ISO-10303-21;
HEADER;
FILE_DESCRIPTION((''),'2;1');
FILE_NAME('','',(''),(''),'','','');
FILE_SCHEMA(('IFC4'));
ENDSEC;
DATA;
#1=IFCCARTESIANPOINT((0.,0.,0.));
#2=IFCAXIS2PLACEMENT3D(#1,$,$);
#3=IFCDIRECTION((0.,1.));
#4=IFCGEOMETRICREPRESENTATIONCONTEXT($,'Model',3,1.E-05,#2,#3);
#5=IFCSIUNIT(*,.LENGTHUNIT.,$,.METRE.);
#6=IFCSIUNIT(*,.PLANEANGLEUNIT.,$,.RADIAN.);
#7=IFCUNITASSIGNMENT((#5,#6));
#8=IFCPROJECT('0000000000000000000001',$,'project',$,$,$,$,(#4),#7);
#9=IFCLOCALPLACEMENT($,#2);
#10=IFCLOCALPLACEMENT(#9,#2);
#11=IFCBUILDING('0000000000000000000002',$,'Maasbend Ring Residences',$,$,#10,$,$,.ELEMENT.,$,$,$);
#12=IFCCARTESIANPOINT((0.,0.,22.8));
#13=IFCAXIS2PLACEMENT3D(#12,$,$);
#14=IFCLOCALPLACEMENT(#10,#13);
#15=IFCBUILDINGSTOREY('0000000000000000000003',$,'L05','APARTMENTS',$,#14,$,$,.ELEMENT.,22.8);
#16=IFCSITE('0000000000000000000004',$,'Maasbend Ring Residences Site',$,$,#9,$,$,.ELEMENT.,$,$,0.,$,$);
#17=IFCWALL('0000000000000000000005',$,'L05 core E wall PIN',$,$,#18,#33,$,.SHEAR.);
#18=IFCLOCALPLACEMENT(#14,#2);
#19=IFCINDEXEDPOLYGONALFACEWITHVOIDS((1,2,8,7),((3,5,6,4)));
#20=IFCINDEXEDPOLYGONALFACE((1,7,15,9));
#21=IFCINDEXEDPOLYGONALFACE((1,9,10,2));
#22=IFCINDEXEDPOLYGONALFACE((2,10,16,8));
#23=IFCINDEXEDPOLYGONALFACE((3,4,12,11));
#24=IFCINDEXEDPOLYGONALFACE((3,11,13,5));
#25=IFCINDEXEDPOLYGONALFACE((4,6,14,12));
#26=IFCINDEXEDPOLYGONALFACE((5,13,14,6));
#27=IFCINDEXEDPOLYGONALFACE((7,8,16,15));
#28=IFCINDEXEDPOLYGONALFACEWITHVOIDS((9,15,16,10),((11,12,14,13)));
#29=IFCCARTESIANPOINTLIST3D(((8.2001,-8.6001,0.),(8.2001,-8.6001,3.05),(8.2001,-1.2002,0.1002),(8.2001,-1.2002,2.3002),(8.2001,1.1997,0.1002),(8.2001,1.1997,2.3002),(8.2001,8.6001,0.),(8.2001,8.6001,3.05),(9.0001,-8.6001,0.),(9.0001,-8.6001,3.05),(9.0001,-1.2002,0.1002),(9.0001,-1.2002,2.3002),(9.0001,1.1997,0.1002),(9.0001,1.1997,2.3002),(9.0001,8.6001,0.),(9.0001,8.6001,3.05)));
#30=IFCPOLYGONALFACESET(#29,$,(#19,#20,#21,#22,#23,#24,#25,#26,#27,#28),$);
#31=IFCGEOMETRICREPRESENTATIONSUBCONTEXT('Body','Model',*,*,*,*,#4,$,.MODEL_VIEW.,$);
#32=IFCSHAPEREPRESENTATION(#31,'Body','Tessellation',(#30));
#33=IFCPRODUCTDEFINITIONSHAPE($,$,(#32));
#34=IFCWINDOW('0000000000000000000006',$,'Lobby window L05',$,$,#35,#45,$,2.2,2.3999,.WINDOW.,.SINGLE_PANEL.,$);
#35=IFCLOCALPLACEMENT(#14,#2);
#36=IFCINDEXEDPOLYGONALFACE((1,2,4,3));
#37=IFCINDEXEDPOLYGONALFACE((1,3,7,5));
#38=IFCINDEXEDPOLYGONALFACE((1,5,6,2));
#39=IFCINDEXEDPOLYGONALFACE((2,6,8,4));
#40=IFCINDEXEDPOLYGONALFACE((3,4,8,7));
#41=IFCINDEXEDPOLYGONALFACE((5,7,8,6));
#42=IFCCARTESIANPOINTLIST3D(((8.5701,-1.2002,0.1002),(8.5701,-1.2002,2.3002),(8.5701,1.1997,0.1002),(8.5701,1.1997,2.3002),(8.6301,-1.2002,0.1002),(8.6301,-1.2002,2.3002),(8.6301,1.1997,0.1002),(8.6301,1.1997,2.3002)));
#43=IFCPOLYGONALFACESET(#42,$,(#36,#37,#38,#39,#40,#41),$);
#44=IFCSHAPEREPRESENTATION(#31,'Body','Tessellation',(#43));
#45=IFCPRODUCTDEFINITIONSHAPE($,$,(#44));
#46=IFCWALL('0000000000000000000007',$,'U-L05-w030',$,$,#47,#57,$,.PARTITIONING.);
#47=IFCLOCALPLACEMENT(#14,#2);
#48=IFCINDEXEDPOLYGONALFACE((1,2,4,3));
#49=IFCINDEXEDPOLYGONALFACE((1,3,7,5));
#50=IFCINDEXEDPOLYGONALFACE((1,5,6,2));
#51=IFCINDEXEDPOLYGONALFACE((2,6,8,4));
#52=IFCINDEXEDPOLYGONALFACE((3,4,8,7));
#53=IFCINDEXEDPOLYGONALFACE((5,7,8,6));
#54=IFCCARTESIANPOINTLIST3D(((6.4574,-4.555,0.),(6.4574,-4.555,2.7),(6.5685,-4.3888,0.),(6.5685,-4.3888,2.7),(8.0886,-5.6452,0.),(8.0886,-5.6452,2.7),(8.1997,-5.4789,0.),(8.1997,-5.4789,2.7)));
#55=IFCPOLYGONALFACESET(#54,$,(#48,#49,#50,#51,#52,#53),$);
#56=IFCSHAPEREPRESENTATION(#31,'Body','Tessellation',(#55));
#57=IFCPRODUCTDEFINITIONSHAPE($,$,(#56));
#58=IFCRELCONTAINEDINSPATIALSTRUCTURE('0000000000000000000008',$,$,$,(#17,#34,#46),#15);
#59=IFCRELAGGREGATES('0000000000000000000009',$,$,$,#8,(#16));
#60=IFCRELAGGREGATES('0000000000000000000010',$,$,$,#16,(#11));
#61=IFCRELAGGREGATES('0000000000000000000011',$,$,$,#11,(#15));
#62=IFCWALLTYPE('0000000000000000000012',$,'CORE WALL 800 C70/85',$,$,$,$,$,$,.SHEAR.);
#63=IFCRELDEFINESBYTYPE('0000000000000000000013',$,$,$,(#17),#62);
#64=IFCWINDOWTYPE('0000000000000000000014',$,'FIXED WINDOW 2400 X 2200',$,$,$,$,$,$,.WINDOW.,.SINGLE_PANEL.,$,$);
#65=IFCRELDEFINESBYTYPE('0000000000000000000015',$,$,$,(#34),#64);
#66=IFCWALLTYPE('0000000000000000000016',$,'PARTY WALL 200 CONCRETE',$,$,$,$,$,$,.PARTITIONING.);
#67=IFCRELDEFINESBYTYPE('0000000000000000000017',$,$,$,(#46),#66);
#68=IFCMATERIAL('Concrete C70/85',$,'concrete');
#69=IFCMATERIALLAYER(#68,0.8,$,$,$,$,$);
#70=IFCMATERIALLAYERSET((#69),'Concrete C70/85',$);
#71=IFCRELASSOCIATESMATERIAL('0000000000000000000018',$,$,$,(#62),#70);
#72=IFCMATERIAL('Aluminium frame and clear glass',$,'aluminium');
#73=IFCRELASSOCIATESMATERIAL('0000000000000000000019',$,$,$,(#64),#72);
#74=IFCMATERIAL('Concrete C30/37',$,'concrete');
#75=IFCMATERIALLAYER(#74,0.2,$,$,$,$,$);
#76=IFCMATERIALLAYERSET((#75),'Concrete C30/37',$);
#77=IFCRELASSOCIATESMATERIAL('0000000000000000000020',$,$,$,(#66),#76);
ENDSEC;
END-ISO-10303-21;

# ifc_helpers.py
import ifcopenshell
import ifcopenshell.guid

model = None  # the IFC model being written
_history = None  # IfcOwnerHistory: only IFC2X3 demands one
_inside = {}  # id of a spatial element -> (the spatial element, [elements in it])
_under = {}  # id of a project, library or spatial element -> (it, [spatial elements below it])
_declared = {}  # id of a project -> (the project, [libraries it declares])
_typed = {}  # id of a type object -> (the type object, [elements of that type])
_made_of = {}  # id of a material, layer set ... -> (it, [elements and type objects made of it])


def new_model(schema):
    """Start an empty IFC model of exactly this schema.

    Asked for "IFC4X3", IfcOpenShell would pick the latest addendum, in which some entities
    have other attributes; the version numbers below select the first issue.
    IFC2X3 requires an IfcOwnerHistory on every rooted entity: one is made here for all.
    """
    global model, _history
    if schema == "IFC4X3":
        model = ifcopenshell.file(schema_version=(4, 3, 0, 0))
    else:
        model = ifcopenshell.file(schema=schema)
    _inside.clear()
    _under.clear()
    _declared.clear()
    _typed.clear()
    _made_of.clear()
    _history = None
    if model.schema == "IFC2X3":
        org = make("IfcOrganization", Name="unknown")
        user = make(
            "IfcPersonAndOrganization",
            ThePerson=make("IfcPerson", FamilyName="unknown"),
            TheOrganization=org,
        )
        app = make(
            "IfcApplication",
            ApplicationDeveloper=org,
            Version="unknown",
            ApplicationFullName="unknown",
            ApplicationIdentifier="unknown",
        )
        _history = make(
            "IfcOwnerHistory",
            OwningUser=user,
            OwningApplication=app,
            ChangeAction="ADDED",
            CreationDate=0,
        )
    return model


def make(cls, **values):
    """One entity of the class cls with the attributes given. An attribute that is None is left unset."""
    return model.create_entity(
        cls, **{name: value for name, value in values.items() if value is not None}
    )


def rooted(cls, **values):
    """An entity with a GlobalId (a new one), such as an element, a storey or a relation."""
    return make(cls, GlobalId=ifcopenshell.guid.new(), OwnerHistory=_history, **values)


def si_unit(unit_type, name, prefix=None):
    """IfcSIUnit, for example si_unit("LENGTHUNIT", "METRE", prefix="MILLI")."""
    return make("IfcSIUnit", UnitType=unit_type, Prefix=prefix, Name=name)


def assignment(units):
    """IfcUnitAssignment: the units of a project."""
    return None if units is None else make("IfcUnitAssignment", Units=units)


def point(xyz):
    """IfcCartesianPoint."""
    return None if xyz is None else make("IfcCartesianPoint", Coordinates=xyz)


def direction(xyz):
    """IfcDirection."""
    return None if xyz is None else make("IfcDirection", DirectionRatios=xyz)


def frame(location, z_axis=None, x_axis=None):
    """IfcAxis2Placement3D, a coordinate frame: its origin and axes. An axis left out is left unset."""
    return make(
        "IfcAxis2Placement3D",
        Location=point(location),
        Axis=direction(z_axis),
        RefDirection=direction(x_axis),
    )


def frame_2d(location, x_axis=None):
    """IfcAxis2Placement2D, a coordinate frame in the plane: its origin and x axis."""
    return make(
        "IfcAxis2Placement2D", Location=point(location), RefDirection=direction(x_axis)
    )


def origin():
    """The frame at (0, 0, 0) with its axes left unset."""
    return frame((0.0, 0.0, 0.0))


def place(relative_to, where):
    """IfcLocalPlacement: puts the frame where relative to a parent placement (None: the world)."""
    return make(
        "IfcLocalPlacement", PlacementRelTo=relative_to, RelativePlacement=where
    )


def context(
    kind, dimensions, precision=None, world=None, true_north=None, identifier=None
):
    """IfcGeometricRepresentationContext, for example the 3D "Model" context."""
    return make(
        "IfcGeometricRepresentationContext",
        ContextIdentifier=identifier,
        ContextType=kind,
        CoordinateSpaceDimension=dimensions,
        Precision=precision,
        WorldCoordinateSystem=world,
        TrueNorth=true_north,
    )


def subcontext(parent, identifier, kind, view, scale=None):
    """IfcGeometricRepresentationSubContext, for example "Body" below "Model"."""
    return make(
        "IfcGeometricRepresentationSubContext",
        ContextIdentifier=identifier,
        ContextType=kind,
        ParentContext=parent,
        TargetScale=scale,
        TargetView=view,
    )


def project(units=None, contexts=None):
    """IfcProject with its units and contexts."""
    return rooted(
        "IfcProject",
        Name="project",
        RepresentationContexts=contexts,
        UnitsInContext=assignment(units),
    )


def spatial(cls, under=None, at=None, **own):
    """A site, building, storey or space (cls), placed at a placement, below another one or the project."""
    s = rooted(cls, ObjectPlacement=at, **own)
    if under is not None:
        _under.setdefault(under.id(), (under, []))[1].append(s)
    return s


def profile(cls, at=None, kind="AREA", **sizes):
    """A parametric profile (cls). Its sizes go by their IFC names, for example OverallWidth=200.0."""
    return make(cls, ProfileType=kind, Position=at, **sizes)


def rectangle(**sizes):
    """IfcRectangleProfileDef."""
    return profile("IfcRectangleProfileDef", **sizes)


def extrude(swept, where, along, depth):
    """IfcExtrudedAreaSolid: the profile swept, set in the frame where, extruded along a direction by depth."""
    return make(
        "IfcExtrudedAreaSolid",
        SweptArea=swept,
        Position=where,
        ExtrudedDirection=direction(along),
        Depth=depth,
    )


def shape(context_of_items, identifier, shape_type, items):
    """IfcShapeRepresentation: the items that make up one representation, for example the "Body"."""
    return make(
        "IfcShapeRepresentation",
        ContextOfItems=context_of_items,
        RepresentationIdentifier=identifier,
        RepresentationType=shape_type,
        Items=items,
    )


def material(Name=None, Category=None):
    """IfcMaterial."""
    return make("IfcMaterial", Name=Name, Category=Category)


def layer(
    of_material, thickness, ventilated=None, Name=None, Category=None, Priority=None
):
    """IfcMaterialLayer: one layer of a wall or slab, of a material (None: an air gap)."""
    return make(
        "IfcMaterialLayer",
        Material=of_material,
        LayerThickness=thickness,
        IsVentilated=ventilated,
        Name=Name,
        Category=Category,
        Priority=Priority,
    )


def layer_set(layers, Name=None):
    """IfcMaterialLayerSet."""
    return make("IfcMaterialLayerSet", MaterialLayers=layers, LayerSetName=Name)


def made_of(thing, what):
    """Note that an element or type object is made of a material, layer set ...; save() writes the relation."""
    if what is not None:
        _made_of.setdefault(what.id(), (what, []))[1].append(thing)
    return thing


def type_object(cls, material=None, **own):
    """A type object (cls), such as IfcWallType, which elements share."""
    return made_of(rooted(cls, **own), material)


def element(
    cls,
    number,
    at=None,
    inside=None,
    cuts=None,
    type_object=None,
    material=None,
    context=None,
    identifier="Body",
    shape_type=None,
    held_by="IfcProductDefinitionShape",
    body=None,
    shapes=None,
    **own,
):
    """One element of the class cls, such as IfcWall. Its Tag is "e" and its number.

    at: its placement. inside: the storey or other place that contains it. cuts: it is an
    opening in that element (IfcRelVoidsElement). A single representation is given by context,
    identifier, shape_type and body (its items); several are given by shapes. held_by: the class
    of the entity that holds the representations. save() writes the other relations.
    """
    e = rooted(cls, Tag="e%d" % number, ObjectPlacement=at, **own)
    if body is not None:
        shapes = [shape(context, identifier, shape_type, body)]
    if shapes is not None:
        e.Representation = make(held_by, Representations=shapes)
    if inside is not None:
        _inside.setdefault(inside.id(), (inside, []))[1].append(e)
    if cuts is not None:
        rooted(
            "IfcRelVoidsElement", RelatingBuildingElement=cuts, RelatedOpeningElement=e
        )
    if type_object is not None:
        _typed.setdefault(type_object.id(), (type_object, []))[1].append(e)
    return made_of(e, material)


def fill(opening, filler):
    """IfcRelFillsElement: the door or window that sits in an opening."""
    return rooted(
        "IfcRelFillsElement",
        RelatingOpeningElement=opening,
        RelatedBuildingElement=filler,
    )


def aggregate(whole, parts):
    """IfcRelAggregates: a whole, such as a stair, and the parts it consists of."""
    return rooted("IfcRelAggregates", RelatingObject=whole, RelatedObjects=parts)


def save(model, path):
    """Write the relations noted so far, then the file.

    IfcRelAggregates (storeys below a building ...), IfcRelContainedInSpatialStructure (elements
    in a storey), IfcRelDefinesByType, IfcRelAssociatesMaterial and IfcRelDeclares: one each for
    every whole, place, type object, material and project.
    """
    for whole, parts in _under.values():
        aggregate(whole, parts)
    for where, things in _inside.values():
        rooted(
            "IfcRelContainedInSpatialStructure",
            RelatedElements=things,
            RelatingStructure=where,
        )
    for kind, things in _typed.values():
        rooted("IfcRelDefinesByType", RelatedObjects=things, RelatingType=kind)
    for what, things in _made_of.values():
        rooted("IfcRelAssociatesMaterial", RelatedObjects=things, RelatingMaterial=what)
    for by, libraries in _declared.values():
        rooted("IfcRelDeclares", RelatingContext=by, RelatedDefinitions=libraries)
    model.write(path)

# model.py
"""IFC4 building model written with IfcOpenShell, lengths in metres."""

from ifc_helpers import new_model, si_unit, direction, frame, frame_2d, origin, place, context, subcontext, project, spatial, rectangle, extrude, material, layer, layer_set, type_object, element, fill, save


model = new_model("IFC4")

# Units and contexts
model_context = context("Model", 3, precision=1e-05, world=origin(), true_north=direction((0.0, 1.0)))
body_context = subcontext(model_context, "Body", "Model", "MODEL_VIEW")
ifc_project = project(units=[si_unit("LENGTHUNIT", "METRE"), si_unit("PLANEANGLEUNIT", "RADIAN")], contexts=[model_context])

# Site, building, storey
site_placement = place(None, origin())
site = spatial("IfcSite", under=ifc_project, at=site_placement, Name="Maasbend Ring Residences Site", CompositionType="ELEMENT", RefElevation=0.0)
building_placement = place(site_placement, origin())
building = spatial("IfcBuilding", under=site, at=building_placement, Name="Maasbend Ring Residences", CompositionType="ELEMENT")
storey_placement = place(building_placement, frame((0.0, 0.0, 22.8)))
storey = spatial("IfcBuildingStorey", under=building, at=storey_placement, Name="L05", Description="APARTMENTS", CompositionType="ELEMENT", Elevation=22.8)

# Shared definitions
ifc_material_1 = material(Name="Concrete C70/85", Category="concrete")
ifc_layer_1 = layer(ifc_material_1, 0.8)
ifc_layer_set_1 = layer_set([ifc_layer_1], Name="Concrete C70/85")
wall_type_1 = type_object("IfcWallType", Name="CORE WALL 800 C70/85", PredefinedType="SHEAR", material=ifc_layer_set_1)

# Wall, opening, window
wall_1_placement = place(storey_placement, frame((8.6001, -8.6001, 0.0), z_axis=(0.0, 0.0, 1.0), x_axis=(0.0, 1.0, 0.0)))
wall_1 = element("IfcWall", 1, at=wall_1_placement, inside=storey, type_object=wall_type_1, Name="L05 core E wall PIN", PredefinedType="SHEAR", context=body_context, shape_type="SweptSolid", body=[
    extrude(rectangle(XDim=17.2002, YDim=0.8, at=frame_2d((8.6001, 0.0))), origin(), (0.0, 0.0, 1.0), 3.05),
])
opening_1_placement = place(wall_1_placement, frame((7.3999, 0.0, 0.1001)))
opening_1 = element("IfcOpeningElement", 2, at=opening_1_placement, cuts=wall_1, PredefinedType="OPENING", context=body_context, shape_type="SweptSolid", body=[
    extrude(rectangle(XDim=2.3999, YDim=2.2, at=frame_2d((1.2, 1.1001))), frame((0.0, 0.4102, 0.0), z_axis=(0.0, -1.0, 0.0), x_axis=(1.0, 0.0, 0.0)), (0.0, 0.0, 1.0), 0.8201),
])
ifc_material_2 = material(Name="Aluminium frame and clear glass", Category="aluminium")
window_type = type_object("IfcWindowType", Name="FIXED WINDOW 2400 X 2200", PartitioningType="SINGLE_PANEL", PredefinedType="WINDOW", material=ifc_material_2)
window_placement = place(opening_1_placement, origin())
window = element("IfcWindow", 3, at=window_placement, inside=storey, type_object=window_type, Name="Lobby window L05", OverallHeight=2.2, OverallWidth=2.3999, PartitioningType="SINGLE_PANEL", PredefinedType="WINDOW", context=body_context, shape_type="SweptSolid", body=[
    extrude(rectangle(XDim=2.3999, YDim=2.2, at=frame_2d((1.2, 1.1001))), frame((0.0, 0.03, 0.0), z_axis=(0.0, -1.0, 0.0), x_axis=(1.0, 0.0, 0.0)), (0.0, 0.0, 1.0), 0.0601),
])
fill(opening_1, window)

# Wall
ifc_material_3 = material(Name="Concrete C30/37", Category="concrete")
ifc_layer_2 = layer(ifc_material_3, 0.2)
ifc_layer_set_2 = layer_set([ifc_layer_2], Name="Concrete C30/37")
wall_type_2 = type_object("IfcWallType", Name="PARTY WALL 200 CONCRETE", PredefinedType="PARTITIONING", material=ifc_layer_set_2)
wall_2_placement = place(storey_placement, frame((6.5129, -4.4719, 0.0), z_axis=(0.0, 0.0, 1.0), x_axis=(0.831418, -0.555648, 0.0)))
element("IfcWall", 4, at=wall_2_placement, inside=storey, type_object=wall_type_2, Name="U-L05-w030", PredefinedType="PARTITIONING", context=body_context, shape_type="SweptSolid", body=[
    extrude(rectangle(XDim=1.9619, YDim=0.2, at=frame_2d((0.981, 0.0))), origin(), (0.0, 0.0, 1.0), 2.7),
])

save(model, "model.ifc")
